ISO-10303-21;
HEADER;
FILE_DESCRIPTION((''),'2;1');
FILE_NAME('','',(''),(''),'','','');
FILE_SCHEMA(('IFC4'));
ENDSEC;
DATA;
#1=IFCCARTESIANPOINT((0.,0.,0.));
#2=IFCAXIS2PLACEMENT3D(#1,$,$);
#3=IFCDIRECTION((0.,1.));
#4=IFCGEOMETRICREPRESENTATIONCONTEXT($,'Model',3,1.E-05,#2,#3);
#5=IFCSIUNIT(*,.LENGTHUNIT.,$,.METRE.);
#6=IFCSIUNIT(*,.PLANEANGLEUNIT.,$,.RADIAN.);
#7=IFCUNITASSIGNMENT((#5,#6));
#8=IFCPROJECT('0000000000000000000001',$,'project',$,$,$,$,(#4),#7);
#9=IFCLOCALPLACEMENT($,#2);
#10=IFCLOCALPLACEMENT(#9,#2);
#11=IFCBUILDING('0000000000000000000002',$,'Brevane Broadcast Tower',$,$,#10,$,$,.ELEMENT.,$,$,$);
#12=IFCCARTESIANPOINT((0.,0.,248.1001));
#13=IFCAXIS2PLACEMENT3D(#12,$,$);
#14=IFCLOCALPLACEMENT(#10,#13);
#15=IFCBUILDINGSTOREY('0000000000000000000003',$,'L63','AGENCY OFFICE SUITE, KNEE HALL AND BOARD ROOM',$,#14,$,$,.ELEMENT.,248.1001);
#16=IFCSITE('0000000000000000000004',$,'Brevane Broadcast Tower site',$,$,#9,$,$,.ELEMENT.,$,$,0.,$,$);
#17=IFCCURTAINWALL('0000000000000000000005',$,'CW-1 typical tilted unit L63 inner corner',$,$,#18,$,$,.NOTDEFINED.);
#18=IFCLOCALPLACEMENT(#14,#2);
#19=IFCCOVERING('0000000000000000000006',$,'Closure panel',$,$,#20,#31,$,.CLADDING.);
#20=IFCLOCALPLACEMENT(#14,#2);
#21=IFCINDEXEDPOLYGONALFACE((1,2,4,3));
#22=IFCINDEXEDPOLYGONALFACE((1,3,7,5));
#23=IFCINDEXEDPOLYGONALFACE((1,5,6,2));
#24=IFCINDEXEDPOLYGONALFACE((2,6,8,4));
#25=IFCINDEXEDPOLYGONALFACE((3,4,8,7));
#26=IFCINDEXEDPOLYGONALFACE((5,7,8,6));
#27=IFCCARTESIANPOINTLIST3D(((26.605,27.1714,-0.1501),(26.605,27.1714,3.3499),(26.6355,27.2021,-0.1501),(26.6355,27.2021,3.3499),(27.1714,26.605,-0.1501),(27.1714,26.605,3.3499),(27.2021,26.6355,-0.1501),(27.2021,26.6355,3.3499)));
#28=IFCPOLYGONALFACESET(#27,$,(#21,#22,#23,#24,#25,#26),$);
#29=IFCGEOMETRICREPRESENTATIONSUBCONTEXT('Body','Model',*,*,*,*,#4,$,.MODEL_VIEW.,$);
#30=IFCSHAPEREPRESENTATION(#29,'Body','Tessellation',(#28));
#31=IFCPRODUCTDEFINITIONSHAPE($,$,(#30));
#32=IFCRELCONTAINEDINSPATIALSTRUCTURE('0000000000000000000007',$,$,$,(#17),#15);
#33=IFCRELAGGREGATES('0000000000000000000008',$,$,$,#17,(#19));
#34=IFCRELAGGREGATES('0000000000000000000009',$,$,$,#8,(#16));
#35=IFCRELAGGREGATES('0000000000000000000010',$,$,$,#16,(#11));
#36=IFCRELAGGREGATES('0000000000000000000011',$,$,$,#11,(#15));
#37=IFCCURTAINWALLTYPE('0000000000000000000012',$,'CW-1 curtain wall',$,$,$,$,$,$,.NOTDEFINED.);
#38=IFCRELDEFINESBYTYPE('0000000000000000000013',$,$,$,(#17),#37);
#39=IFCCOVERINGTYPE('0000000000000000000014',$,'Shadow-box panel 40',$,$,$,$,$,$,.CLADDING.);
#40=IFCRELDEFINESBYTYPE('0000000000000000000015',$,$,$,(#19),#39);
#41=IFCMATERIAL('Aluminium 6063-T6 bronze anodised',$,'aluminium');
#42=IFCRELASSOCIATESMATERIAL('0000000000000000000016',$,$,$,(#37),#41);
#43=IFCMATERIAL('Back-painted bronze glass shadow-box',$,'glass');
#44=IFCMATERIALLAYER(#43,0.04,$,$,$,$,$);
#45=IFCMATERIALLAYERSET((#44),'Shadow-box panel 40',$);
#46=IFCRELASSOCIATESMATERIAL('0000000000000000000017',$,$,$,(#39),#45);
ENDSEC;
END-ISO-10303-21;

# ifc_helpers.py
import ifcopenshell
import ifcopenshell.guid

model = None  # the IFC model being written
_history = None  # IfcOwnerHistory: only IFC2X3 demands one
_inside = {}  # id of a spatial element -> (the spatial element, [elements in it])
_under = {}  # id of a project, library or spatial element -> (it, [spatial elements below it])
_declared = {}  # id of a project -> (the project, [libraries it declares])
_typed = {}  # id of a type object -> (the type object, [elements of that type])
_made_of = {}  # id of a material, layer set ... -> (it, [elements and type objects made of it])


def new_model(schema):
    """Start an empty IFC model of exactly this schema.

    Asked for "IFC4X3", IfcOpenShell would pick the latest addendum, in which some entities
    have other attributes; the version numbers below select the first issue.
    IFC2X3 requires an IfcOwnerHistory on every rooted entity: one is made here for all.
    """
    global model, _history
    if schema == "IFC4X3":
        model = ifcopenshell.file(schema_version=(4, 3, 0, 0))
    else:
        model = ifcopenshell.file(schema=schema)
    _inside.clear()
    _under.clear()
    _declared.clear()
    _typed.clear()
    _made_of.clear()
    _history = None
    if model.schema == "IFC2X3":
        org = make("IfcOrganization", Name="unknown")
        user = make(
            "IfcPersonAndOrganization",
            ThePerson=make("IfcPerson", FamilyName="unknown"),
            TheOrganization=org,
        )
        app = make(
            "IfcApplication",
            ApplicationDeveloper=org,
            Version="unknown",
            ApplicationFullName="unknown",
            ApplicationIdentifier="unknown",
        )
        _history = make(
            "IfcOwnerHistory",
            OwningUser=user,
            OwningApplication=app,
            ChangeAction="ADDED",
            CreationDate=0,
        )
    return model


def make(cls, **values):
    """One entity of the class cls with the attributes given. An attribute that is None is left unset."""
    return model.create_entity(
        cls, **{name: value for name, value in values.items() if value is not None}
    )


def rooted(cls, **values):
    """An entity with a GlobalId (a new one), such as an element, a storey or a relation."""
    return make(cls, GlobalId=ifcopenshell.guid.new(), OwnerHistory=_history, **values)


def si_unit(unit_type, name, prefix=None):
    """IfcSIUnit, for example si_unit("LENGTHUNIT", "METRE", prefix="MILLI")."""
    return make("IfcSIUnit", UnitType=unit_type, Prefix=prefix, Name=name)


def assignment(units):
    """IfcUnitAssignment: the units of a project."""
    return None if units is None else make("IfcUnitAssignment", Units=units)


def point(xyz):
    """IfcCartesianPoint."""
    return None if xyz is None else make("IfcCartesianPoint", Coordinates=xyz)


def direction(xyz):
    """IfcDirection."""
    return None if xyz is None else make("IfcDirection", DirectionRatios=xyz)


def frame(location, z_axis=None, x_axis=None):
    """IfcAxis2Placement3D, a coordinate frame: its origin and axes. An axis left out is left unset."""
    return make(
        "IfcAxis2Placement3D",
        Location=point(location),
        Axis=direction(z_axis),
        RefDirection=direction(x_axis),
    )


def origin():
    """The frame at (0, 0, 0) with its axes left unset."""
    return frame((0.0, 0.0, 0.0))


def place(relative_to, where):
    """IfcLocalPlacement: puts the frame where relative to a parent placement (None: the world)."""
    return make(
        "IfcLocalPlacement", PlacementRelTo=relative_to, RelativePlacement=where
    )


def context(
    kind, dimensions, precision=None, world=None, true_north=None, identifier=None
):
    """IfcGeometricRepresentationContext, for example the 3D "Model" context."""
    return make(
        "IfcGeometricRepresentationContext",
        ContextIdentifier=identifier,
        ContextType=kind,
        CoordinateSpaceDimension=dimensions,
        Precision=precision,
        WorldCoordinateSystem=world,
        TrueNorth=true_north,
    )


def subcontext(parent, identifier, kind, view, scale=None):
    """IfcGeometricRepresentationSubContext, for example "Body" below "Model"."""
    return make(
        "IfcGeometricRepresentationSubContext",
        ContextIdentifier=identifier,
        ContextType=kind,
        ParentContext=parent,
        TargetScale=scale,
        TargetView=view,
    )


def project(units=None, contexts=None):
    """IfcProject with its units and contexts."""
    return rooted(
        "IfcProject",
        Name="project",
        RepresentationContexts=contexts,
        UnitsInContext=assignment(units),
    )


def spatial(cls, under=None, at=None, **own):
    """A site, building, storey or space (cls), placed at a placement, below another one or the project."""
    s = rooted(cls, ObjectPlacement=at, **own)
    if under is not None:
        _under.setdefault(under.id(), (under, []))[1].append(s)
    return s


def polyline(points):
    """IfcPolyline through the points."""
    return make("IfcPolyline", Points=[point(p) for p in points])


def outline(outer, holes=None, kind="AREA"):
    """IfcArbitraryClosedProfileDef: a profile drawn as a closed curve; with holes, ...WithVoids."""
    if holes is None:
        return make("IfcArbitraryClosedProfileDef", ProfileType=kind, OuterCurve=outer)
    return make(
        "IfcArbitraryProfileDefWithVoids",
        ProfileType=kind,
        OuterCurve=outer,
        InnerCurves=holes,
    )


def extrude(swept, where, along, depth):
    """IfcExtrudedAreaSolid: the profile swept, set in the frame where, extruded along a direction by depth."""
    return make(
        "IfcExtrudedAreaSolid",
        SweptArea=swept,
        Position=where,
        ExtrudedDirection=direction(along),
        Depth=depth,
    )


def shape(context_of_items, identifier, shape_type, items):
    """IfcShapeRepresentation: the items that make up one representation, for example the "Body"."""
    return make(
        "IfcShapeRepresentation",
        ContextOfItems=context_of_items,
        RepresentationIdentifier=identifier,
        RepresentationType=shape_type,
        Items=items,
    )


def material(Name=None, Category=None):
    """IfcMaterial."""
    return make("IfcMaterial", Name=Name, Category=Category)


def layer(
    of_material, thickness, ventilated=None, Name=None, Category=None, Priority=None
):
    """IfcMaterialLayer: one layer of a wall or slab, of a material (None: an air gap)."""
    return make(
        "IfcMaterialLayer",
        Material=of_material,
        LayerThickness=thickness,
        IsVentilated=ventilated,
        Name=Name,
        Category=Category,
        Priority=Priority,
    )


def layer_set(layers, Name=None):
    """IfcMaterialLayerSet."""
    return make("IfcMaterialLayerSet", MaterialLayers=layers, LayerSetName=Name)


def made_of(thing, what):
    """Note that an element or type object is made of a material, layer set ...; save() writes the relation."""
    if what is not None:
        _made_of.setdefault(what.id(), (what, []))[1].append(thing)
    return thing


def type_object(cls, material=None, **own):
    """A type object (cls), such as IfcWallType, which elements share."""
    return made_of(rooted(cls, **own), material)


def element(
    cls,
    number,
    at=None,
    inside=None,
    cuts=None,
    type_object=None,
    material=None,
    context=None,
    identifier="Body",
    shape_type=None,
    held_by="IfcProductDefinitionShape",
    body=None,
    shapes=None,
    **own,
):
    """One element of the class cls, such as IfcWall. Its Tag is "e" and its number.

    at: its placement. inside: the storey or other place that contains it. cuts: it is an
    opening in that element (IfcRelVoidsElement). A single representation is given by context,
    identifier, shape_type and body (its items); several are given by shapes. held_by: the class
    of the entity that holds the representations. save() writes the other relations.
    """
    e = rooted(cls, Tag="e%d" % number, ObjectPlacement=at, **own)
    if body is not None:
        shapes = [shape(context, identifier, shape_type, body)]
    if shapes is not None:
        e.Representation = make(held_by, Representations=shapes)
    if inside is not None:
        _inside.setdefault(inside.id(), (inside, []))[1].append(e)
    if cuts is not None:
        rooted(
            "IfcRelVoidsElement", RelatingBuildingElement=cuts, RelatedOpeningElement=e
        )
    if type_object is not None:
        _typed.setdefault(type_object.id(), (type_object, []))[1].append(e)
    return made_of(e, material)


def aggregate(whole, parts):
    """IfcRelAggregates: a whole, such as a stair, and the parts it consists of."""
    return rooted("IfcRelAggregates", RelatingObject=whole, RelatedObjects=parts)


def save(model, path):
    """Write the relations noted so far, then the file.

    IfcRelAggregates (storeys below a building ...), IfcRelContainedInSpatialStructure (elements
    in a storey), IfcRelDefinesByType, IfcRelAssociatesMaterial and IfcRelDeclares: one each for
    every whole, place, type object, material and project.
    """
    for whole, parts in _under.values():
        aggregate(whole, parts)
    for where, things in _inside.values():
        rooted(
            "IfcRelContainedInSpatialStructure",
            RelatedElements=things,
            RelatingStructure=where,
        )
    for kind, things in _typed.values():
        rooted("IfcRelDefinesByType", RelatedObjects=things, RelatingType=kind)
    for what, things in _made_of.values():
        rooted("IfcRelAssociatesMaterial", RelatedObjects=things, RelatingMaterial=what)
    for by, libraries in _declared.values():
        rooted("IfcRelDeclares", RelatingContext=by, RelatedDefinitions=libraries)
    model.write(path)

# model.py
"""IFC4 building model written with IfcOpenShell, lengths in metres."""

from ifc_helpers import new_model, si_unit, direction, frame, origin, place, context, subcontext, project, spatial, polyline, outline, extrude, material, layer, layer_set, type_object, element, aggregate, save


model = new_model("IFC4")

# Units and contexts
model_context = context("Model", 3, precision=1e-05, world=origin(), true_north=direction((0.0, 1.0)))
body_context = subcontext(model_context, "Body", "Model", "MODEL_VIEW")
ifc_project = project(units=[si_unit("LENGTHUNIT", "METRE"), si_unit("PLANEANGLEUNIT", "RADIAN")], contexts=[model_context])

# Site, building, storey
site_placement = place(None, origin())
site = spatial("IfcSite", under=ifc_project, at=site_placement, Name="Brevane Broadcast Tower site", CompositionType="ELEMENT", RefElevation=0.0)
building_placement = place(site_placement, origin())
building = spatial("IfcBuilding", under=site, at=building_placement, Name="Brevane Broadcast Tower", CompositionType="ELEMENT")
storey_placement = place(building_placement, frame((0.0, 0.0, 248.1001)))
storey = spatial("IfcBuildingStorey", under=building, at=storey_placement, Name="L63", Description="AGENCY OFFICE SUITE, KNEE HALL AND BOARD ROOM", CompositionType="ELEMENT", Elevation=248.1001)

# Shared definitions
ifc_material_1 = material(Name="Aluminium 6063-T6 bronze anodised", Category="aluminium")
curtain_wall_type = type_object("IfcCurtainWallType", Name="CW-1 curtain wall", PredefinedType="NOTDEFINED", material=ifc_material_1)

# Curtain wall, covering
curtain_wall_1_placement = place(storey_placement, origin())
curtain_wall_1 = element("IfcCurtainWall", 1, at=curtain_wall_1_placement, inside=storey, type_object=curtain_wall_type, Name="CW-1 typical tilted unit L63 inner corner", PredefinedType="NOTDEFINED")
ifc_material_2 = material(Name="Back-painted bronze glass shadow-box", Category="glass")
ifc_layer_1 = layer(ifc_material_2, 0.04)
ifc_layer_set_1 = layer_set([ifc_layer_1], Name="Shadow-box panel 40")
covering_type = type_object("IfcCoveringType", Name="Shadow-box panel 40", PredefinedType="CLADDING", material=ifc_layer_set_1)
covering_placement = place(storey_placement, frame((0.0, 0.0, -0.1501)))
covering = element("IfcCovering", 2, at=covering_placement, type_object=covering_type, Name="Closure panel", PredefinedType="CLADDING", context=body_context, shape_type="SweptSolid", body=[
    extrude(outline(polyline([(27.1714, 26.605), (27.2021, 26.6355), (26.6355, 27.2021), (26.605, 27.1714), (27.1714, 26.605)])), origin(), (0.0, 0.0, 1.0), 3.5),
])
aggregate(curtain_wall_1, [covering])

save(model, "model.ifc")
